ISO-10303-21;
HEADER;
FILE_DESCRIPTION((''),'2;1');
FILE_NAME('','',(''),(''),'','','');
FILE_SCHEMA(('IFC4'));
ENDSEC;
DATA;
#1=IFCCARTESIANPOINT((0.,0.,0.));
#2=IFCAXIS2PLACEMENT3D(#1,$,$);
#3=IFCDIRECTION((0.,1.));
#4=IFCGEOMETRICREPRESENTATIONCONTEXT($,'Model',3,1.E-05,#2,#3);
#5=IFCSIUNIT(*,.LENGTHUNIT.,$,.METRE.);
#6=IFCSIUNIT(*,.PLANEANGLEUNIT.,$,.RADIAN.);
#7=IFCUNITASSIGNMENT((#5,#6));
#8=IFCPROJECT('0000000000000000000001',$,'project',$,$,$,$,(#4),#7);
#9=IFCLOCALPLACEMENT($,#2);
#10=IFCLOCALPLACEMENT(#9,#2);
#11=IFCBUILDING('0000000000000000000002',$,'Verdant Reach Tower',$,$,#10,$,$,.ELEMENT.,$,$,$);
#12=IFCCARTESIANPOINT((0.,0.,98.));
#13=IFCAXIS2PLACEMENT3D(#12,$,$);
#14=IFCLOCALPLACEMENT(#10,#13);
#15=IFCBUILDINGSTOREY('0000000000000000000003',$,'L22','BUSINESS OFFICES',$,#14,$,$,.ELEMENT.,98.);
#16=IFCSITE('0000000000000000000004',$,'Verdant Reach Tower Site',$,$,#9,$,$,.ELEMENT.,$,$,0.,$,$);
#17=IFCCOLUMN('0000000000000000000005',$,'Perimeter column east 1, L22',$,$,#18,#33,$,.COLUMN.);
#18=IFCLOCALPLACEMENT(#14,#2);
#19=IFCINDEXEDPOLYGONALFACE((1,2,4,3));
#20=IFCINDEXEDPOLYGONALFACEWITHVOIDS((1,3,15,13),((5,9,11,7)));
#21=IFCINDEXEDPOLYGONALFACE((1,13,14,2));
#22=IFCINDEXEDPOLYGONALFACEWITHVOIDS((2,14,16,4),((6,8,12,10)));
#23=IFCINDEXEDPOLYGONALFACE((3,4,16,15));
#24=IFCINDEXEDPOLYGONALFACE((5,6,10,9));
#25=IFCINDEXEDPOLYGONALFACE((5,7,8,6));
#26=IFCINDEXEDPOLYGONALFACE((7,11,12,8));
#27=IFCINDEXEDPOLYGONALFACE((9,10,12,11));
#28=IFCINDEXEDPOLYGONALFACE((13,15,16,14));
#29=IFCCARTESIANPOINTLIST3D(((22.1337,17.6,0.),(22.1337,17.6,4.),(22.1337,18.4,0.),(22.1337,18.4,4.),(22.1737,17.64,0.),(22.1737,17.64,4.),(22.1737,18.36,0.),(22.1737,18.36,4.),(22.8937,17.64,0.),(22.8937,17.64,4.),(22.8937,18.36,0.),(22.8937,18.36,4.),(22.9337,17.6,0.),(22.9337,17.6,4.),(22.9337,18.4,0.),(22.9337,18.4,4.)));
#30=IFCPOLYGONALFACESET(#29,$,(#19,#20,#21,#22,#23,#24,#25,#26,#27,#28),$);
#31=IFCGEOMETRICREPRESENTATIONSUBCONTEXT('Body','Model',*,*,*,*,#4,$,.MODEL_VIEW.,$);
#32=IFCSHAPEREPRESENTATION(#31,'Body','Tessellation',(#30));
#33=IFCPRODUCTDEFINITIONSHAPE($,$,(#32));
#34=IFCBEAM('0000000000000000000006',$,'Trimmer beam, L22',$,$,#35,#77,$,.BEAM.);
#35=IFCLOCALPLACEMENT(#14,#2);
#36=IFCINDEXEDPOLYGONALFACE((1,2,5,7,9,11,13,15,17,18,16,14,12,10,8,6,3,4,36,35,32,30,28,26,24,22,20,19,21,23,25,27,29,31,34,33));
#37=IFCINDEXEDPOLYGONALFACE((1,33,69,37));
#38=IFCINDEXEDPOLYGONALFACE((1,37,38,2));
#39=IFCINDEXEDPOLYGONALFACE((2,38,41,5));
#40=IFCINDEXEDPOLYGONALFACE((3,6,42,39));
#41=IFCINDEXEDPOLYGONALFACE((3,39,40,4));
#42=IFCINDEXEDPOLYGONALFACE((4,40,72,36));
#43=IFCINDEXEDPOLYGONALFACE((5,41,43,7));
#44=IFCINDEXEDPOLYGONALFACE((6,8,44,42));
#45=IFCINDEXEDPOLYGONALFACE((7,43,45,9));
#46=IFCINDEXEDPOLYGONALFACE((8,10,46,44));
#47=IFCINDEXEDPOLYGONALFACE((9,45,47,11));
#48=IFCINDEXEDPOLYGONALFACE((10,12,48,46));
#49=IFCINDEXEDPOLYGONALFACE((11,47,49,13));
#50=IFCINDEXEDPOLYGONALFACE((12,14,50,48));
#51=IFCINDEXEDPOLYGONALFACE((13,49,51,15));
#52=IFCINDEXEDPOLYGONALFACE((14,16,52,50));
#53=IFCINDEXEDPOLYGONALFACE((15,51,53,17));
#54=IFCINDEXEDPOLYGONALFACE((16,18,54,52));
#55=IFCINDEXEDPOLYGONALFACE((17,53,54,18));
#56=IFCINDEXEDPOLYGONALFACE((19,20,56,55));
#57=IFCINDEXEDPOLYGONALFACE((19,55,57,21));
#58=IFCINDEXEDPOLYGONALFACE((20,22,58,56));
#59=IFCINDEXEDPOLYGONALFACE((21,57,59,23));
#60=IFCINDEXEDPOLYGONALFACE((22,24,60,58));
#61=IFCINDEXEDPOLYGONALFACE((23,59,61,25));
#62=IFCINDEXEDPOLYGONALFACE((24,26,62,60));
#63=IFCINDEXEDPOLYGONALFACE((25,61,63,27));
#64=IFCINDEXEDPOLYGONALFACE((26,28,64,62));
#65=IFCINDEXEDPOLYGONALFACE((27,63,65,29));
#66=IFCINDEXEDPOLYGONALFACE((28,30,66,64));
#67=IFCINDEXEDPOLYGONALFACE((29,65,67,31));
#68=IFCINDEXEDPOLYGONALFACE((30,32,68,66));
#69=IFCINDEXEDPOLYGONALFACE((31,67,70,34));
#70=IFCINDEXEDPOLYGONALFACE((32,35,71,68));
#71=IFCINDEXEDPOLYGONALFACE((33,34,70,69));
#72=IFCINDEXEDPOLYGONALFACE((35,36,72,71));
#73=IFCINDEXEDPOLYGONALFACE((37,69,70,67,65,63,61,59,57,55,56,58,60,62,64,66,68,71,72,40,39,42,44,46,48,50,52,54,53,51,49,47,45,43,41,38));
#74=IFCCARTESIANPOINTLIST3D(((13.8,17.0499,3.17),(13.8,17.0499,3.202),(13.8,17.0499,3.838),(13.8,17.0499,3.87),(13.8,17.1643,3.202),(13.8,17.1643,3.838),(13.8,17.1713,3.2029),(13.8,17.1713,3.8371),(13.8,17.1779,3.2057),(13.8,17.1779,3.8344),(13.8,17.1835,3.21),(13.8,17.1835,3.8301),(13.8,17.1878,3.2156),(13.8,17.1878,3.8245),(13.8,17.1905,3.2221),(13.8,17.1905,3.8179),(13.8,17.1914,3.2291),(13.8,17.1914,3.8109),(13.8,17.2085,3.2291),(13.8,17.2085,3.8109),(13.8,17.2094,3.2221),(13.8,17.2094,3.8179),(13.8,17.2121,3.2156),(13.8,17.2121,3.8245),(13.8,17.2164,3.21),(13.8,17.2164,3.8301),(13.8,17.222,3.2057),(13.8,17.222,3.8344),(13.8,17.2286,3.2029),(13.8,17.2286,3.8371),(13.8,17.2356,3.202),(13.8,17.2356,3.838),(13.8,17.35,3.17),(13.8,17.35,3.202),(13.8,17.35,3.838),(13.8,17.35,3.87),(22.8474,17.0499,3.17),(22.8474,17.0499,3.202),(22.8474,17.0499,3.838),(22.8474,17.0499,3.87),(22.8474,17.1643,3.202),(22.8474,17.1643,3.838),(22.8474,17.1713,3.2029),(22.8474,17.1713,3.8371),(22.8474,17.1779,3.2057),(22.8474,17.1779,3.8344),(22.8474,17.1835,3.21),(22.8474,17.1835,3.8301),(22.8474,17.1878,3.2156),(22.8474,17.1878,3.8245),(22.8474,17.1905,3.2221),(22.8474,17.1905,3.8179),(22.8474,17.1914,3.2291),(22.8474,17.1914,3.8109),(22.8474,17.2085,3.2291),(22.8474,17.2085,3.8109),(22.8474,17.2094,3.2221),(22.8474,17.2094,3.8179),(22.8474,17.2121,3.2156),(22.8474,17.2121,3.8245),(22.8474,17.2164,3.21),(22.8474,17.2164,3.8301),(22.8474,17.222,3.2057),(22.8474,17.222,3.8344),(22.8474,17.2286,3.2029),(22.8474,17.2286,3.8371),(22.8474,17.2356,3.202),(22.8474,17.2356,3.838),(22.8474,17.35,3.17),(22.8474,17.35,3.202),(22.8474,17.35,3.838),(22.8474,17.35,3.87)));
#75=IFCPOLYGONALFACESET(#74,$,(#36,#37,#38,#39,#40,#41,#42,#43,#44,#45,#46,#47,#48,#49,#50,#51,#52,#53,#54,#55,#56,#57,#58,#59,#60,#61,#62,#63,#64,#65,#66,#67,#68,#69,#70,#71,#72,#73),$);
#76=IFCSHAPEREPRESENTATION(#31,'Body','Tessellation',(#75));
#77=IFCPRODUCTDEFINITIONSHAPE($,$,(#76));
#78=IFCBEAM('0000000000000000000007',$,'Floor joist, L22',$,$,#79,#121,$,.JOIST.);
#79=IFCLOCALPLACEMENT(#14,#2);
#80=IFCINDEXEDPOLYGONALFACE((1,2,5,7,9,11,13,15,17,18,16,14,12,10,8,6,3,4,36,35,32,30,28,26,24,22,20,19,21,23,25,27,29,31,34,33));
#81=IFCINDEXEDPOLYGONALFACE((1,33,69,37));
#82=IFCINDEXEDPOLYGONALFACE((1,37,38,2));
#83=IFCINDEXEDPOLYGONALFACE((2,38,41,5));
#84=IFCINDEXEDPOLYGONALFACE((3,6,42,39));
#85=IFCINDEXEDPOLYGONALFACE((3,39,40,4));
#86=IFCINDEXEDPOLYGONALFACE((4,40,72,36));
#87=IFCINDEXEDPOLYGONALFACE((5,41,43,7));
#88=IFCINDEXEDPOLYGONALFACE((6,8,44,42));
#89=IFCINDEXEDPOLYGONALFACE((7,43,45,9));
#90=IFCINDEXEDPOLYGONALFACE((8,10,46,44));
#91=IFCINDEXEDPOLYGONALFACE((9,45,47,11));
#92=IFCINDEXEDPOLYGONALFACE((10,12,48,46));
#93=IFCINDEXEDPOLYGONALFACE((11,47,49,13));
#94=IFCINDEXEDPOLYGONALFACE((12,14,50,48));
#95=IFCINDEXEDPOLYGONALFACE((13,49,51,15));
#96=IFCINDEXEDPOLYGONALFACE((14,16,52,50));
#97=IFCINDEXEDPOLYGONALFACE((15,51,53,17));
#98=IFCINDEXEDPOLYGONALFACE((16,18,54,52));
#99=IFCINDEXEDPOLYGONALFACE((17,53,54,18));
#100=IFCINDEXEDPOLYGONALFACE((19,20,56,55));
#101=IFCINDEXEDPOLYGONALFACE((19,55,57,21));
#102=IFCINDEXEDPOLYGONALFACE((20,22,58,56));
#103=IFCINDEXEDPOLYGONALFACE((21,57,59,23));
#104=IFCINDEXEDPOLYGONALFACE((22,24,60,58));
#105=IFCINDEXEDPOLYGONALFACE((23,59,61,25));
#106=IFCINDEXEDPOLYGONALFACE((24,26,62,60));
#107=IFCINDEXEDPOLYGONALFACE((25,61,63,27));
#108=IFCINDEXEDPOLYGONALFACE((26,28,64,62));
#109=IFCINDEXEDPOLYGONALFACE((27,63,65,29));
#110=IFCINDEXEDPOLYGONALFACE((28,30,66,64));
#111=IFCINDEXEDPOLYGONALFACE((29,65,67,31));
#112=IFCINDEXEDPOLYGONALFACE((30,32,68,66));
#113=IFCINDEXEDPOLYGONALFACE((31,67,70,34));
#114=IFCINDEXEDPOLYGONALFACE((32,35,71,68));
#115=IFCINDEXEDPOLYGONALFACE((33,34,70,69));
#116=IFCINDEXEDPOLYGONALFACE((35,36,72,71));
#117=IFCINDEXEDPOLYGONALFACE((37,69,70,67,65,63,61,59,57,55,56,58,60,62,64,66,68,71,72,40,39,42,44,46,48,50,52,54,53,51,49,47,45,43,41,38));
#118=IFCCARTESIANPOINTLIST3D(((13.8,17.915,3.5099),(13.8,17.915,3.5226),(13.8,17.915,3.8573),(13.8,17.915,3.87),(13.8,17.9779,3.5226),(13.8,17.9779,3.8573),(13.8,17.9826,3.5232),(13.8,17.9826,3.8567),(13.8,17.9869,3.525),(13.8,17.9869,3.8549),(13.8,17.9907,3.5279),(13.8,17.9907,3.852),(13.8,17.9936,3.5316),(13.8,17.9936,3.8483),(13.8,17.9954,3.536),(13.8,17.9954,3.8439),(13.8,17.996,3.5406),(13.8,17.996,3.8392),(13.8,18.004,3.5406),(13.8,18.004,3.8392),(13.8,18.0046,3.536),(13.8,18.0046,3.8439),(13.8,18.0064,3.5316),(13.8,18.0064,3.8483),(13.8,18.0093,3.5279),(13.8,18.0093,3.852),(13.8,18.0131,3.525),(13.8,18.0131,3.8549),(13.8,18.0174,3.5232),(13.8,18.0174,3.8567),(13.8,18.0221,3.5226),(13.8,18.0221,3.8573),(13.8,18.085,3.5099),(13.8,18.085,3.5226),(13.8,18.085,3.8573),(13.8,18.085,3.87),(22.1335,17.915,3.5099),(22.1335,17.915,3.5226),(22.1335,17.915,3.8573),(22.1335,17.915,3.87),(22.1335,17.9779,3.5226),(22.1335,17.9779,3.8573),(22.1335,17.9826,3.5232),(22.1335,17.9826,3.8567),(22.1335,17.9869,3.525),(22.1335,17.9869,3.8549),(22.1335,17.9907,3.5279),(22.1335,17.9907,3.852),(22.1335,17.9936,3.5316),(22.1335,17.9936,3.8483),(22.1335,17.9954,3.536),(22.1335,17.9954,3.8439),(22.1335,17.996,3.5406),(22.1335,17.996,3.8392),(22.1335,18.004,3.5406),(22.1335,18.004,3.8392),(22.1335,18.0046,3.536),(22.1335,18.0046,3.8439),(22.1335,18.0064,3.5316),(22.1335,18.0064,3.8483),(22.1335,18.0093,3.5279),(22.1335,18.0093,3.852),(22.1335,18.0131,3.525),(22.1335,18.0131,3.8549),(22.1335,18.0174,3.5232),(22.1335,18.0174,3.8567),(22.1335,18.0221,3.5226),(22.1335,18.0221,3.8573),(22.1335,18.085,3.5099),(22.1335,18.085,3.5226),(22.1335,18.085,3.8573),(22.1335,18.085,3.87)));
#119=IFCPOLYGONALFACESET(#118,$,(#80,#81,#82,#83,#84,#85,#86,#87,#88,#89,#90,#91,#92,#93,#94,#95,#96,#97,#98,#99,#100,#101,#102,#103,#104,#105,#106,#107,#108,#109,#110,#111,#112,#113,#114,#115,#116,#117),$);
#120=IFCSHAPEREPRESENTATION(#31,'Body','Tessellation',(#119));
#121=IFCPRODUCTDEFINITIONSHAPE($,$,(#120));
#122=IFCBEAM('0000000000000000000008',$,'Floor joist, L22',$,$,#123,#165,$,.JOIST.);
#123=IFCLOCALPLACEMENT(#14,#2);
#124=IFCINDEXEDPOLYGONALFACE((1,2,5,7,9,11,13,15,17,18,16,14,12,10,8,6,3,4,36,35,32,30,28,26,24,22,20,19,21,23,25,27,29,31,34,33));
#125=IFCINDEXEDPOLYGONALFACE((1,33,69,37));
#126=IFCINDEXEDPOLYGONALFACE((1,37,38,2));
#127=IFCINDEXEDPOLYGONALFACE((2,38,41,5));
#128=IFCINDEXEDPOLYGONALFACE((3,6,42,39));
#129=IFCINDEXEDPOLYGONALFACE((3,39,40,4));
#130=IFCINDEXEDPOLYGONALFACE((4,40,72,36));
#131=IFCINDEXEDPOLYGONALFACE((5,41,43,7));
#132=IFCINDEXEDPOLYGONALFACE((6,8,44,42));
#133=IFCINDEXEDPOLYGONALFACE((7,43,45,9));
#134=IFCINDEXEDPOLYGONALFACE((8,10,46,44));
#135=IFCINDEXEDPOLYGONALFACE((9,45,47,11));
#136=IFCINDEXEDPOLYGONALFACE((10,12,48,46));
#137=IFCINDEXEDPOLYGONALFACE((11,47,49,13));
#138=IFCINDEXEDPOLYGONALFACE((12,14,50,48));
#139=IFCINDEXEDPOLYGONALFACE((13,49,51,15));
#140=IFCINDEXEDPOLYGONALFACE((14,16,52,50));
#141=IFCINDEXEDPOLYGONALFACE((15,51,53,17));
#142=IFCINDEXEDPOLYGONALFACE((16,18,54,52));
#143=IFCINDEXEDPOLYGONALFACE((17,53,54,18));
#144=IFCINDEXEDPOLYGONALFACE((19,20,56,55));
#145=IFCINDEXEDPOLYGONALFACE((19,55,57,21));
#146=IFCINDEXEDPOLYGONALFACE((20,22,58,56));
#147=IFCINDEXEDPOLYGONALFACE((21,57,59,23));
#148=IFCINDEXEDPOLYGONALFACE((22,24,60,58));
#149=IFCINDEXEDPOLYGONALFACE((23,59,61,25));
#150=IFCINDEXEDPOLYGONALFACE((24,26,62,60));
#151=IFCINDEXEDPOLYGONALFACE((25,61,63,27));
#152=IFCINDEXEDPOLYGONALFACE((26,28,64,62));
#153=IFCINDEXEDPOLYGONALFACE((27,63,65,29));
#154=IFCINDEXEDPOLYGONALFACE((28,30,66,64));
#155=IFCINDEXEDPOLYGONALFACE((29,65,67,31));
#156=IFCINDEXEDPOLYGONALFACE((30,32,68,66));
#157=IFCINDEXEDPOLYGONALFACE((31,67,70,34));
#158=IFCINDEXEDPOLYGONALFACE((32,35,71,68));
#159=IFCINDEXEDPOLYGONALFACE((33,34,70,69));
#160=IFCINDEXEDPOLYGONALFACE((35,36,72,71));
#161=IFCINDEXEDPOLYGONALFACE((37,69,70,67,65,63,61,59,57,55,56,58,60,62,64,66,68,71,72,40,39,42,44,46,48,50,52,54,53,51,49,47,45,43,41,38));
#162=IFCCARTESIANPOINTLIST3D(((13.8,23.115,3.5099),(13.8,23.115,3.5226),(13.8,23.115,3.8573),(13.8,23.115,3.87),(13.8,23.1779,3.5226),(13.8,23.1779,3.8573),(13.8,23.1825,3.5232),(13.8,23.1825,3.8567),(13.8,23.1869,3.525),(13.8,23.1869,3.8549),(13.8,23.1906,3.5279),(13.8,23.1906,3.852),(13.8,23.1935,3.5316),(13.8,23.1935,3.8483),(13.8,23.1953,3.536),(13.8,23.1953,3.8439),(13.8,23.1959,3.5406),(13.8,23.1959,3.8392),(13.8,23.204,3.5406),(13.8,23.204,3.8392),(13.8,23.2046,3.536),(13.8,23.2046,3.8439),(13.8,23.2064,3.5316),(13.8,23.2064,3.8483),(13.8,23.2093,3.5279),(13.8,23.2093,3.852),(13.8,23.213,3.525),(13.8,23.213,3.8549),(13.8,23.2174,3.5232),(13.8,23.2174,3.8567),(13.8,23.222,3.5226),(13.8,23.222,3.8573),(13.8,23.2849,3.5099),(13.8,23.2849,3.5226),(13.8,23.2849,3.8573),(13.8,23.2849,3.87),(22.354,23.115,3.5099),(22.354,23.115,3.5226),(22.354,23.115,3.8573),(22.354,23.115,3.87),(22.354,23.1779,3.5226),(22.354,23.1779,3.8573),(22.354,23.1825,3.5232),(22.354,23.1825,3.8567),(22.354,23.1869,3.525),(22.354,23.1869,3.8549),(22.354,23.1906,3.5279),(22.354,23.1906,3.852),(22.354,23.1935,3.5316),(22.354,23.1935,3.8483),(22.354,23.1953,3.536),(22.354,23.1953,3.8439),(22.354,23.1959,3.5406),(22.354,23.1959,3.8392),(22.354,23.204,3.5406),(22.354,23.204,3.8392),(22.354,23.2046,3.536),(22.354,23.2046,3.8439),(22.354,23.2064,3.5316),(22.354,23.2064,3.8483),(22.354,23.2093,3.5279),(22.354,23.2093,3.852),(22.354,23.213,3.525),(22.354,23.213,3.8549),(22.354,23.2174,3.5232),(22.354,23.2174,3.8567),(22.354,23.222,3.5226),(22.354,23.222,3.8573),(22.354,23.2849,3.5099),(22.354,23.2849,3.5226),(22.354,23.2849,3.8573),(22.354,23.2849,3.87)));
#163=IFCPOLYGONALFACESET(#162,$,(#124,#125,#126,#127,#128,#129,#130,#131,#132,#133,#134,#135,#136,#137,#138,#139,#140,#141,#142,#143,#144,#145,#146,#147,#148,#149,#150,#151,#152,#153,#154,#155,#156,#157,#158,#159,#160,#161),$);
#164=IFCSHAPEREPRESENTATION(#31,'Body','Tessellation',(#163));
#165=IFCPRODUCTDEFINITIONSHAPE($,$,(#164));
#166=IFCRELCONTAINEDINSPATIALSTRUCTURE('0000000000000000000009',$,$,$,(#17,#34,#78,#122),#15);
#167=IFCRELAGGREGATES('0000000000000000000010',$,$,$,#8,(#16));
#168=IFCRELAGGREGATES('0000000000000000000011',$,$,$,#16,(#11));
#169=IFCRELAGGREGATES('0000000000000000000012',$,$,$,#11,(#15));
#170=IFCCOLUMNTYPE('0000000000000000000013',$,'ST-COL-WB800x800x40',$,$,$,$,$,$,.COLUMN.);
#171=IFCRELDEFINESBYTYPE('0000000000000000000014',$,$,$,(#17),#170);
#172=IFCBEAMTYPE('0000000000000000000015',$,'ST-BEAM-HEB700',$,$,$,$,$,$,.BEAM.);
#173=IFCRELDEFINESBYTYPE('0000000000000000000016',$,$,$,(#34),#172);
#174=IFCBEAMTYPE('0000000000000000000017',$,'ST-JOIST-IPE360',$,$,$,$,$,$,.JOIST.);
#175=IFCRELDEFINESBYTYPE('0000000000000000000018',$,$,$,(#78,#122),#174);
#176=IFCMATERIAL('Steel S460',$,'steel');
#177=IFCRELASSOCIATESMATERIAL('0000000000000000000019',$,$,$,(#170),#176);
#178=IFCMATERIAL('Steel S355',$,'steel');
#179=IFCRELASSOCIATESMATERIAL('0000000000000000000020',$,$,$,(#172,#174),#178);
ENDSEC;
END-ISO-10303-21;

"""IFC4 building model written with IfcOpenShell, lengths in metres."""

from ifc_helpers import new_model, si_unit, direction, frame, origin, origin_2d, place, context, subcontext, project, spatial, hollow_rectangle, i_section, extrude, material, material_profile, profile_set, type_object, element, save


model = new_model("IFC4")

# Units and contexts
model_context = context("Model", 3, precision=1e-05, world=origin(), true_north=direction((0.0, 1.0)))
body_context = subcontext(model_context, "Body", "Model", "MODEL_VIEW")
ifc_project = project(units=[si_unit("LENGTHUNIT", "METRE"), si_unit("PLANEANGLEUNIT", "RADIAN")], contexts=[model_context])

# Site, building, storey
site_placement = place(None, origin())
site = spatial("IfcSite", under=ifc_project, at=site_placement, Name="Verdant Reach Tower Site", CompositionType="ELEMENT", RefElevation=0.0)
building_placement = place(site_placement, origin())
building = spatial("IfcBuilding", under=site, at=building_placement, Name="Verdant Reach Tower", CompositionType="ELEMENT")
storey_placement = place(building_placement, frame((0.0, 0.0, 98.0)))
storey = spatial("IfcBuildingStorey", under=building, at=storey_placement, Name="L22", Description="BUSINESS OFFICES", CompositionType="ELEMENT", Elevation=98.0)

# Column
ifc_material_1 = material(Name="Steel S460", Category="steel")
ifc_material_profile_1 = material_profile(ifc_material_1, hollow_rectangle(XDim=0.8, YDim=0.8, WallThickness=0.04, at=origin_2d()), Name="WB 800x800x40")
ifc_profile_set_1 = profile_set([ifc_material_profile_1], Name="Steel S460")
column_type = type_object("IfcColumnType", Name="ST-COL-WB800x800x40", PredefinedType="COLUMN", material=ifc_profile_set_1)
column_placement = place(storey_placement, frame((22.5337, 18.0, 0.0), z_axis=(0.0, 0.0, 1.0), x_axis=(1.0, 0.0, 0.0)))
element("IfcColumn", 1, at=column_placement, inside=storey, type_object=column_type, Name="Perimeter column east 1, L22", PredefinedType="COLUMN", context=body_context, shape_type="SweptSolid", body=[
    extrude(hollow_rectangle(XDim=0.8, YDim=0.8, WallThickness=0.04, at=origin_2d()), origin(), (0.0, 0.0, 1.0), 4.0),
])

# Beams
ifc_material_2 = material(Name="Steel S355", Category="steel")
ifc_material_profile_2 = material_profile(ifc_material_2, i_section(OverallWidth=0.3, OverallDepth=0.7, WebThickness=0.0171, FlangeThickness=0.032, FilletRadius=0.0271, at=origin_2d()), Name="HEB 700")
ifc_profile_set_2 = profile_set([ifc_material_profile_2], Name="Steel S355")
beam_type_1 = type_object("IfcBeamType", Name="ST-BEAM-HEB700", PredefinedType="BEAM", material=ifc_profile_set_2)
beam_1_placement = place(storey_placement, frame((13.8, 17.2, 3.52), z_axis=(1.0, 0.0, 0.0), x_axis=(0.0, 1.0, 0.0)))
element("IfcBeam", 2, at=beam_1_placement, inside=storey, type_object=beam_type_1, Name="Trimmer beam, L22", PredefinedType="BEAM", context=body_context, shape_type="SweptSolid", body=[
    extrude(i_section(OverallWidth=0.3, OverallDepth=0.7, WebThickness=0.0171, FlangeThickness=0.032, FilletRadius=0.0271, at=origin_2d()), origin(), (0.0, 0.0, 1.0), 9.0474),
])
ifc_material_profile_3 = material_profile(ifc_material_2, i_section(OverallWidth=0.1699, OverallDepth=0.3601, WebThickness=0.0081, FlangeThickness=0.0127, FilletRadius=0.0181, at=origin_2d()), Name="IPE 360")
ifc_profile_set_3 = profile_set([ifc_material_profile_3], Name="Steel S355")
beam_type_2 = type_object("IfcBeamType", Name="ST-JOIST-IPE360", PredefinedType="JOIST", material=ifc_profile_set_3)
beam_2_placement = place(storey_placement, frame((13.8, 18.0, 3.6899), z_axis=(1.0, 0.0, 0.0), x_axis=(0.0, 1.0, 0.0)))
element("IfcBeam", 3, at=beam_2_placement, inside=storey, type_object=beam_type_2, Name="Floor joist, L22", PredefinedType="JOIST", context=body_context, shape_type="SweptSolid", body=[
    extrude(i_section(OverallWidth=0.1699, OverallDepth=0.3601, WebThickness=0.0081, FlangeThickness=0.0127, FilletRadius=0.0181, at=origin_2d()), origin(), (0.0, 0.0, 1.0), 8.3335),
])
beam_3_placement = place(storey_placement, frame((13.8, 23.2, 3.6899), z_axis=(1.0, 0.0, 0.0), x_axis=(0.0, 1.0, 0.0)))
element("IfcBeam", 4, at=beam_3_placement, inside=storey, type_object=beam_type_2, Name="Floor joist, L22", PredefinedType="JOIST", context=body_context, shape_type="SweptSolid", body=[
    extrude(i_section(OverallWidth=0.1699, OverallDepth=0.3601, WebThickness=0.0081, FlangeThickness=0.0127, FilletRadius=0.0181, at=origin_2d()), origin(), (0.0, 0.0, 1.0), 8.554),
])

save(model, "model.ifc")
